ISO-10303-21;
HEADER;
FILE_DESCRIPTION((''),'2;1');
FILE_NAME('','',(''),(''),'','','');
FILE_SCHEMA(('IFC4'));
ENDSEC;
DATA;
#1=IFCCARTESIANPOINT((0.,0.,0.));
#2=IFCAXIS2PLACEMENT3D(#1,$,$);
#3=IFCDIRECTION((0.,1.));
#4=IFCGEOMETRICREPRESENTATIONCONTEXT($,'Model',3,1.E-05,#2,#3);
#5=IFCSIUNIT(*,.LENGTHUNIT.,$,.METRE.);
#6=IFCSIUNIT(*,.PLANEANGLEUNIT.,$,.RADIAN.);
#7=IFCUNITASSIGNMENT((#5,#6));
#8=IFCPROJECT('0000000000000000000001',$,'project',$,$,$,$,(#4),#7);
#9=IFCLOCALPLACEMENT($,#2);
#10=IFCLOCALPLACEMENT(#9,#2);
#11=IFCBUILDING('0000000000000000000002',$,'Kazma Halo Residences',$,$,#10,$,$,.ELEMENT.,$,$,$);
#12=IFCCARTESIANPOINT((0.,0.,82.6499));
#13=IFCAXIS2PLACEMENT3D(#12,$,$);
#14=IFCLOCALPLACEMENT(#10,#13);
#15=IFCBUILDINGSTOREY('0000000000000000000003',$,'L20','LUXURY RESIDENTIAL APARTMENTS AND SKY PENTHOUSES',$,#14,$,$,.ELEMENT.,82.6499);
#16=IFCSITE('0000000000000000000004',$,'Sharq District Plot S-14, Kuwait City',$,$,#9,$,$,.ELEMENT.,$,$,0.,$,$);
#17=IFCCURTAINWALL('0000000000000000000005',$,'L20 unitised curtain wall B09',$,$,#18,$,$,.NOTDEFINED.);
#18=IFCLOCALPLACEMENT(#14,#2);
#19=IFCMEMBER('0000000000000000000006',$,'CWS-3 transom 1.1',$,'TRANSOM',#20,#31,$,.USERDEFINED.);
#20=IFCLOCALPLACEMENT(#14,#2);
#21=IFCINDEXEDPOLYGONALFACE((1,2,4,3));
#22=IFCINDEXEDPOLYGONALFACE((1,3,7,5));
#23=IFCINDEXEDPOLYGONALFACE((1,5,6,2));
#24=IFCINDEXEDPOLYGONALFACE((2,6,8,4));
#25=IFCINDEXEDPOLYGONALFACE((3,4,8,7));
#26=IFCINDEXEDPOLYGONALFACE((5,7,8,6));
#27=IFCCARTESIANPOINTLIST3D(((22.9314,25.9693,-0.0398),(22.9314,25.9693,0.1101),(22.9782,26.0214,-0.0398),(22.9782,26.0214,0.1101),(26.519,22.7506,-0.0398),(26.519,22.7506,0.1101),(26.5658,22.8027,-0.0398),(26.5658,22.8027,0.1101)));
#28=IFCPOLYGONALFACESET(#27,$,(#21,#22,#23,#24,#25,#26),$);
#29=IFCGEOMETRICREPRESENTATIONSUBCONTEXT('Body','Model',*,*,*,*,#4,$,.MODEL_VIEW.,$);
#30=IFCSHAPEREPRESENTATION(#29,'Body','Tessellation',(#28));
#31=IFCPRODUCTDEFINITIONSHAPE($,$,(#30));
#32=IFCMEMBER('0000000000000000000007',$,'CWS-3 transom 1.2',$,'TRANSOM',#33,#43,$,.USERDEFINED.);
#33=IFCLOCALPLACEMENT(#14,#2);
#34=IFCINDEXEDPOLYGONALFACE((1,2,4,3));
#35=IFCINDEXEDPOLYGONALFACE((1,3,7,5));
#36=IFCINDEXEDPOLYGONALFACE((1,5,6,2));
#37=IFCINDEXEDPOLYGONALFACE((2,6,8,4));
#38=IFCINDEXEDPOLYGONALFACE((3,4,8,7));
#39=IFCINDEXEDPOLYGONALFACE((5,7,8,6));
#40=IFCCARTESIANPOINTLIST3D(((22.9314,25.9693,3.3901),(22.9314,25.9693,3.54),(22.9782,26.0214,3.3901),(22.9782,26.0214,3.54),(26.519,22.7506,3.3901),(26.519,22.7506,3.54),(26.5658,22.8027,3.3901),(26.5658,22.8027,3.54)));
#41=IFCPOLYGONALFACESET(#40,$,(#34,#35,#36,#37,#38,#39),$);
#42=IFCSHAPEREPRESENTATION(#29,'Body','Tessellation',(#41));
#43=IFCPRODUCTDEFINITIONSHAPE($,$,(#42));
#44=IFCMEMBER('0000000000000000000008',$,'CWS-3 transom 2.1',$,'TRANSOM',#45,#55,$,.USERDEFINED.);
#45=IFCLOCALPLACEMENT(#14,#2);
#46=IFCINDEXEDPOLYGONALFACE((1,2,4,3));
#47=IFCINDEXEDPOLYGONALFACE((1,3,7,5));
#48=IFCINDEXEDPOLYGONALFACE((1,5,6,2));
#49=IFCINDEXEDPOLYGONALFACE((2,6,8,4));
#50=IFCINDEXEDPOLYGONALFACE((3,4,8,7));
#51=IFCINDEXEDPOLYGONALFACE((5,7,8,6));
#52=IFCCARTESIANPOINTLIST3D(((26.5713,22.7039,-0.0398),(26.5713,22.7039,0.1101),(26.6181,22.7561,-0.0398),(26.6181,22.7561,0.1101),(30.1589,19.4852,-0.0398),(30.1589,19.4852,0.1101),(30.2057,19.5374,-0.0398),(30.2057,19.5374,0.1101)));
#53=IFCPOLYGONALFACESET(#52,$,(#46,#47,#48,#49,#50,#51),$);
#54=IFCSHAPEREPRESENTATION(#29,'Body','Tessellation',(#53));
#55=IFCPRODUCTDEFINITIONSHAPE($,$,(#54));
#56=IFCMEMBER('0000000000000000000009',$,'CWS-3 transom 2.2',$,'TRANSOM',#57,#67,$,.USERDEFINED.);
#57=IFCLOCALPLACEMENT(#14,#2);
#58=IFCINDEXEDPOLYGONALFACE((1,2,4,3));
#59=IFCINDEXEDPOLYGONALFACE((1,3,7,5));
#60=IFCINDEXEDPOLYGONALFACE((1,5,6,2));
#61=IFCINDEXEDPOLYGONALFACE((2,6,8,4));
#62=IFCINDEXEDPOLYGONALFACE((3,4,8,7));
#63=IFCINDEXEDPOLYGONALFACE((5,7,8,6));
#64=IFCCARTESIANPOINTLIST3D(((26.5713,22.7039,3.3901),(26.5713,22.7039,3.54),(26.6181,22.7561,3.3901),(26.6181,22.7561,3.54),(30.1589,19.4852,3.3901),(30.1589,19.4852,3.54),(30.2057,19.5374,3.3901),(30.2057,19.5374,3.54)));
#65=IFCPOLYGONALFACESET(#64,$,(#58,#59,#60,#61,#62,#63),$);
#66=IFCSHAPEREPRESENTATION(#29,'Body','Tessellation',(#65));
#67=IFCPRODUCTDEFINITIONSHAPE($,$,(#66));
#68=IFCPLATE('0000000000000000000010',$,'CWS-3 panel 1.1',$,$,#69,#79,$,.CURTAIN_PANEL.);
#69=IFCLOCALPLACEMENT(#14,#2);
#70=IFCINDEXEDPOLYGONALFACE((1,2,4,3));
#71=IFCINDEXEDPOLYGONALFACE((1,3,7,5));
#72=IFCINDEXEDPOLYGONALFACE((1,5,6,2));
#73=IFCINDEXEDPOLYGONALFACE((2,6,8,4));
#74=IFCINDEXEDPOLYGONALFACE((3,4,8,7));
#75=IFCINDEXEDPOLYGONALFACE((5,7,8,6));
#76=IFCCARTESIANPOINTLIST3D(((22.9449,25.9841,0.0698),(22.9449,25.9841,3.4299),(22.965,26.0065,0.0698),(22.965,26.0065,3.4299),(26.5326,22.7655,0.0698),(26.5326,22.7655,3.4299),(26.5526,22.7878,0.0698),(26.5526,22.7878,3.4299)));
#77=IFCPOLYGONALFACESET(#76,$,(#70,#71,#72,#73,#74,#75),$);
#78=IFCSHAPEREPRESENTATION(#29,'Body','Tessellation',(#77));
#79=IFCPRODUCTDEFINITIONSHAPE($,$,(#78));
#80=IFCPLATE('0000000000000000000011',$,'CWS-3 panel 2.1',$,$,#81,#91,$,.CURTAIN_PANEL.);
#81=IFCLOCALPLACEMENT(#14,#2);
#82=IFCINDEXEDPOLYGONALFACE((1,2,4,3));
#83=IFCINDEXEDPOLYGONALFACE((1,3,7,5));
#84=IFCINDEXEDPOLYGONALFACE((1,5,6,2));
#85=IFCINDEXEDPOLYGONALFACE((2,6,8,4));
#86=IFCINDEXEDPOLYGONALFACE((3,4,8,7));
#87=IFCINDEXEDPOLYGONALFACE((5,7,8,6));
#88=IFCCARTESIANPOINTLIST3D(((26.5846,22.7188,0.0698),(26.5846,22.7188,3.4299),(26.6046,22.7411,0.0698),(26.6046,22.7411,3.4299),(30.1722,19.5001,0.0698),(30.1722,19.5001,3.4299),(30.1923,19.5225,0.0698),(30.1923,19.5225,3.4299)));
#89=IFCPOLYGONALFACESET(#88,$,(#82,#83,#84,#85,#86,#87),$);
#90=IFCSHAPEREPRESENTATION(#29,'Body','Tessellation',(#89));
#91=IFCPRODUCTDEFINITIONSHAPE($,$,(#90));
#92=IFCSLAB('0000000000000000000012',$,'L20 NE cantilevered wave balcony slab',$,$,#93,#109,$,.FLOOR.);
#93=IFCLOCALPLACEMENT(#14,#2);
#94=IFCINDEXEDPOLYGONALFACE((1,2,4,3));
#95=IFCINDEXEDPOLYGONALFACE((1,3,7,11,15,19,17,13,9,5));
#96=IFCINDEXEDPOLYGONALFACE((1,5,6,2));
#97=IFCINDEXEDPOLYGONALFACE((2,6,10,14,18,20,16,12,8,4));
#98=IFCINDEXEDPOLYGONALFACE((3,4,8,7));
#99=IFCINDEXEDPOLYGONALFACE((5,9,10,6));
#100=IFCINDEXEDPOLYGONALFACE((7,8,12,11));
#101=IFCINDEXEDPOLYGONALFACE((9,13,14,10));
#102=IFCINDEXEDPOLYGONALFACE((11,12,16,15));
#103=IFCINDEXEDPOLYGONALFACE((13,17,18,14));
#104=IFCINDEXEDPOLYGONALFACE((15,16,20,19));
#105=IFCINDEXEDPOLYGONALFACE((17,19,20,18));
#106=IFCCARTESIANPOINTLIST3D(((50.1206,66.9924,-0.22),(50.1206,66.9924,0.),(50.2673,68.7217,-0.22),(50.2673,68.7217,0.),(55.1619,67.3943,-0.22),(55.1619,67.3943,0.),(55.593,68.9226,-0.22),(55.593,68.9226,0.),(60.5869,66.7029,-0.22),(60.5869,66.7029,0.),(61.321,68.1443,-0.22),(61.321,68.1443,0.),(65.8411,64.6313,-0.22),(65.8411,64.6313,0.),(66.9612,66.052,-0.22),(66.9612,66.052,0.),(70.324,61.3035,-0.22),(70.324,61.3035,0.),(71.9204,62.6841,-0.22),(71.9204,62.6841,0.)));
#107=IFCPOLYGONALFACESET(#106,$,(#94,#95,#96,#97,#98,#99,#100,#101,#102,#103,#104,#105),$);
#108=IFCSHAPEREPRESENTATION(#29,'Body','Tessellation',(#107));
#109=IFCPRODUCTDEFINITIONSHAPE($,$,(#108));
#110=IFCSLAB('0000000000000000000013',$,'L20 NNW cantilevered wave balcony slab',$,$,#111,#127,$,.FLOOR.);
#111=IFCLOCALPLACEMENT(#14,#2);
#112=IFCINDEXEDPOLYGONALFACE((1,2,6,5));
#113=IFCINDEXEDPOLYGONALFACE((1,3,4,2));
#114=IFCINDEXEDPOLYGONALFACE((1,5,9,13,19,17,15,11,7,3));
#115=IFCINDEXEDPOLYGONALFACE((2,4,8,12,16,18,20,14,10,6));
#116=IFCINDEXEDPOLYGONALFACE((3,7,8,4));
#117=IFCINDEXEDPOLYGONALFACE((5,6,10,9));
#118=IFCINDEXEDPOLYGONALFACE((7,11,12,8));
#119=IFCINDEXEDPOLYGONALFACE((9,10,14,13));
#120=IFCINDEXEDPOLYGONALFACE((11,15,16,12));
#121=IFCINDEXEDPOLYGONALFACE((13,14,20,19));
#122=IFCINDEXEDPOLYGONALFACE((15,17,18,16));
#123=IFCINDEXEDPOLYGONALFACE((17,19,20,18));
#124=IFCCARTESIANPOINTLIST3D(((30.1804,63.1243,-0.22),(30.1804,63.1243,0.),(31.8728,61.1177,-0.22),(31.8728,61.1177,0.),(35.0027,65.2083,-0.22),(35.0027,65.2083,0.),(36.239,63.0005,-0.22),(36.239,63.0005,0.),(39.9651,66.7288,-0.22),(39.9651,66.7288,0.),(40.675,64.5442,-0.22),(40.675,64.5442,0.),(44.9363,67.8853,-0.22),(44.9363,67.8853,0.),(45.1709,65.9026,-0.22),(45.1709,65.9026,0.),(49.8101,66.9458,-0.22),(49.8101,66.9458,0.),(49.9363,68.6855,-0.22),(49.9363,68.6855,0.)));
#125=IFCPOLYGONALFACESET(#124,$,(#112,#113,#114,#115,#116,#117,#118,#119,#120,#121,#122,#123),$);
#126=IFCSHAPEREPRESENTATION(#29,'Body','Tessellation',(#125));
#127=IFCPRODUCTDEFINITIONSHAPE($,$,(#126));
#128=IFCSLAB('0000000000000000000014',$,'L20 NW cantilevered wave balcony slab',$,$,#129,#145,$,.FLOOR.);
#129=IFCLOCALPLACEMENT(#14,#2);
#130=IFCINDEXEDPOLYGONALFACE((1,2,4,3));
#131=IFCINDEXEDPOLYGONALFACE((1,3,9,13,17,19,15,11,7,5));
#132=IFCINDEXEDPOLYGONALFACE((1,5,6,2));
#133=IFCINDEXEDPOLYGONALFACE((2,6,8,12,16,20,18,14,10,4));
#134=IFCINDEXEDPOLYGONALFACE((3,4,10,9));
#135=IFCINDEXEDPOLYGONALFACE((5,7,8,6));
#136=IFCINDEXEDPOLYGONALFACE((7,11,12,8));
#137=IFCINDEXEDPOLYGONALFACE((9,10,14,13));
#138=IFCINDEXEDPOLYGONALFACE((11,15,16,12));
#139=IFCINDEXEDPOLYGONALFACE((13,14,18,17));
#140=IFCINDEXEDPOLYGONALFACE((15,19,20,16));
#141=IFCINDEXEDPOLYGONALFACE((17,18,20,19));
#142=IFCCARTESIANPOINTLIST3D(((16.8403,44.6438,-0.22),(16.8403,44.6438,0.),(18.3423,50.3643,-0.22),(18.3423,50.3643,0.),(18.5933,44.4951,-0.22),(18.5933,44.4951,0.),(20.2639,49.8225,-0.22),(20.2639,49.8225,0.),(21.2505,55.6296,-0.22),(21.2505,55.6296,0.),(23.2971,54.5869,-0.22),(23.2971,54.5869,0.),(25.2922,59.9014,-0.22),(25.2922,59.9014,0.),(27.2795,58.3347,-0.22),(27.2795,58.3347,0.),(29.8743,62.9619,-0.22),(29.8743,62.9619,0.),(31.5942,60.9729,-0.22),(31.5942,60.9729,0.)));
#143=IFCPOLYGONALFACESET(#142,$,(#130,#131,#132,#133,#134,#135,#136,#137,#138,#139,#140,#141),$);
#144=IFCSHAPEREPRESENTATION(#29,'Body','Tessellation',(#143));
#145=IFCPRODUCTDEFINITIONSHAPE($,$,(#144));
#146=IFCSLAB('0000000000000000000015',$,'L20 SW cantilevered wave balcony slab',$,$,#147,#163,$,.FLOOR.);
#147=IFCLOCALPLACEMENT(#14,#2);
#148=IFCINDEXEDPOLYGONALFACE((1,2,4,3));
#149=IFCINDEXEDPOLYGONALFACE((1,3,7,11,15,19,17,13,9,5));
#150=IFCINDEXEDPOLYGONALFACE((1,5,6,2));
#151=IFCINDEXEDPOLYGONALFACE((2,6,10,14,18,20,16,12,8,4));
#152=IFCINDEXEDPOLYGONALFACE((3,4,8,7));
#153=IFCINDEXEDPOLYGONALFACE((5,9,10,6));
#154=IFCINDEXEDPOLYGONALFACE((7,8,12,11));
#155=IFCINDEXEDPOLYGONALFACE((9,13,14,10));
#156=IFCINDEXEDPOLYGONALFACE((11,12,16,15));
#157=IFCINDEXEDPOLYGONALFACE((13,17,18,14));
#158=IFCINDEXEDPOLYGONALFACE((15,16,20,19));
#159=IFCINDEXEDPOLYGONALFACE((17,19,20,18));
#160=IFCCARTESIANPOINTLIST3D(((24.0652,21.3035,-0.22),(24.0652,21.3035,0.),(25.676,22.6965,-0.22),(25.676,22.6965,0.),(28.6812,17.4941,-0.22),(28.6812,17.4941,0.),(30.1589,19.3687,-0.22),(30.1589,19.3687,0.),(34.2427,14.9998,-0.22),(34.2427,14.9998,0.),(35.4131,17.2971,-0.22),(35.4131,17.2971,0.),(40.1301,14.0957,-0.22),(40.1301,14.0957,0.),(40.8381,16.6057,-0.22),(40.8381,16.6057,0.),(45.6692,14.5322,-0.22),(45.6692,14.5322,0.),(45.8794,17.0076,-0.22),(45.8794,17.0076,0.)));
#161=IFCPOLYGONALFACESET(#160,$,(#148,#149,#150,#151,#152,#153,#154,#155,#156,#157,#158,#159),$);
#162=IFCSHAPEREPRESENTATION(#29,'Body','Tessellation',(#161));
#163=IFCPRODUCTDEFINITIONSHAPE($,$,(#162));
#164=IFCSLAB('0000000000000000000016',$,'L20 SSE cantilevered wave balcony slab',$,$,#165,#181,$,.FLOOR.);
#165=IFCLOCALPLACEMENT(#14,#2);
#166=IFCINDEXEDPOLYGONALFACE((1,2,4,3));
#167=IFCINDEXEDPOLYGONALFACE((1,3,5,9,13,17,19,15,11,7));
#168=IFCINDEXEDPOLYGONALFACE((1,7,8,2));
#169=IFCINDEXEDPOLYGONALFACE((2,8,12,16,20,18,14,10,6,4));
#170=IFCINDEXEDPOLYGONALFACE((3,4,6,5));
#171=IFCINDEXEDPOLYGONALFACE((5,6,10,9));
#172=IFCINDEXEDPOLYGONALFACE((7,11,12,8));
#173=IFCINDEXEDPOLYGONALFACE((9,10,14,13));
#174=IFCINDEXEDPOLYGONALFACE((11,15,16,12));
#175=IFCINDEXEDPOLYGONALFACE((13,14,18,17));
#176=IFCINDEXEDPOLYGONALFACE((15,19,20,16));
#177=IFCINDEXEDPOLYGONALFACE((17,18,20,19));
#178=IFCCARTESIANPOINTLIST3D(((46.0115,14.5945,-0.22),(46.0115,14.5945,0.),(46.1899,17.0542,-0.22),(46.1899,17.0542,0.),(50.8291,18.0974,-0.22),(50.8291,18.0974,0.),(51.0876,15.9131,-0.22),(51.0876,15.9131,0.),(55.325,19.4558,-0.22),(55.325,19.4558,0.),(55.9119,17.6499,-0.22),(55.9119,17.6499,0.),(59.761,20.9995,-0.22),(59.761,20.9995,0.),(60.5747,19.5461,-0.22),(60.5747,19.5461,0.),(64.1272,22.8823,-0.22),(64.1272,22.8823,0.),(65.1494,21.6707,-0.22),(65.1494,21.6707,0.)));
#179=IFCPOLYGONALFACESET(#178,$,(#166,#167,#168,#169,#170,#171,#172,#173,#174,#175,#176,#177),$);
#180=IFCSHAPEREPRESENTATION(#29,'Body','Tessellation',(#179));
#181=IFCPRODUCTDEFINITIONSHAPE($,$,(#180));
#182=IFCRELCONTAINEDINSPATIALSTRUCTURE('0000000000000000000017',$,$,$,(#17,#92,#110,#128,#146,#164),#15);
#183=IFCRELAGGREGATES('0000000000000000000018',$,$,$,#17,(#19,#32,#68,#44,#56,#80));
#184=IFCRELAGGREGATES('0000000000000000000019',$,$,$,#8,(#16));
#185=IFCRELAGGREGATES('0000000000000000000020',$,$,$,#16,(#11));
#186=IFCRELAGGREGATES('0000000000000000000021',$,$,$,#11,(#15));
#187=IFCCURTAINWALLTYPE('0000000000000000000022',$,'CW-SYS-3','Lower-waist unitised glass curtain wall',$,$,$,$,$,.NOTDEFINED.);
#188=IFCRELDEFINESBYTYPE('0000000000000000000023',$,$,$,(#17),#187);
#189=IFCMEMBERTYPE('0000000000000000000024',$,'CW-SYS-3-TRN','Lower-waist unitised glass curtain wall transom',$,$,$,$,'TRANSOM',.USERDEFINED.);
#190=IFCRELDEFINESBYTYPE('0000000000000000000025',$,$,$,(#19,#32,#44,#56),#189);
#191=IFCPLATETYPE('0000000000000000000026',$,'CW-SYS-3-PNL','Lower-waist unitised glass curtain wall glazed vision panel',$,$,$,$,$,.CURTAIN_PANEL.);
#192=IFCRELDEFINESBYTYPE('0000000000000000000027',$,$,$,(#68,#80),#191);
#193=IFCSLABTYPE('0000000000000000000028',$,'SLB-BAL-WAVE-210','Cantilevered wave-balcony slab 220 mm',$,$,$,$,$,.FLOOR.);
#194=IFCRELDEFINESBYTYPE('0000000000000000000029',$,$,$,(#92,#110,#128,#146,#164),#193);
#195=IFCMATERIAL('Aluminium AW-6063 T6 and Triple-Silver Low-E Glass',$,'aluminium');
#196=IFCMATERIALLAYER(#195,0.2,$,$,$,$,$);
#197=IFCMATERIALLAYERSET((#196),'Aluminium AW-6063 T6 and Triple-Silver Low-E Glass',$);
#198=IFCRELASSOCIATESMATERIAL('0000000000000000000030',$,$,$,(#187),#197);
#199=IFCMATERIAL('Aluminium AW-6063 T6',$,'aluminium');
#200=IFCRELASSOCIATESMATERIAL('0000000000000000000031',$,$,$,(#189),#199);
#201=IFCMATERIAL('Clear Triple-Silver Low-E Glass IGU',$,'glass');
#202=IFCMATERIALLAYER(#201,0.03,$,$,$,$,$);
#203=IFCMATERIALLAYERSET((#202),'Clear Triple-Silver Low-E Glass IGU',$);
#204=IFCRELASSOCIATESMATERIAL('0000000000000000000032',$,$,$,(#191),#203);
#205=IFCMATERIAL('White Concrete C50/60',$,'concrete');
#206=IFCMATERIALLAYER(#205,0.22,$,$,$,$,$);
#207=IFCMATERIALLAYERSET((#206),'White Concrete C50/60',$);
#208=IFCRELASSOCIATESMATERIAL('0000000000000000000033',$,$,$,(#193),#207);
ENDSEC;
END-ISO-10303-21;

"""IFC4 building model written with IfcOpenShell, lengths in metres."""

from ifc_helpers import new_model, si_unit, direction, frame, origin, origin_2d, place, context, subcontext, project, spatial, polyline, rectangle, outline, extrude, material, layer, layer_set, material_profile, profile_set, type_object, element, aggregate, save


model = new_model("IFC4")

# Units and contexts
model_context = context("Model", 3, precision=1e-05, world=origin(), true_north=direction((0.0, 1.0)))
body_context = subcontext(model_context, "Body", "Model", "MODEL_VIEW")
ifc_project = project(units=[si_unit("LENGTHUNIT", "METRE"), si_unit("PLANEANGLEUNIT", "RADIAN")], contexts=[model_context])

# Site, building, storey
site_placement = place(None, origin())
site = spatial("IfcSite", under=ifc_project, at=site_placement, Name="Sharq District Plot S-14, Kuwait City", CompositionType="ELEMENT", RefElevation=0.0)
building_placement = place(site_placement, origin())
building = spatial("IfcBuilding", under=site, at=building_placement, Name="Kazma Halo Residences", CompositionType="ELEMENT")
storey_placement = place(building_placement, frame((0.0, 0.0, 82.6499)))
storey = spatial("IfcBuildingStorey", under=building, at=storey_placement, Name="L20", Description="LUXURY RESIDENTIAL APARTMENTS AND SKY PENTHOUSES", CompositionType="ELEMENT", Elevation=82.6499)

# Curtain wall, members, plates
ifc_material_1 = material(Name="Aluminium AW-6063 T6 and Triple-Silver Low-E Glass", Category="aluminium")
ifc_layer_1 = layer(ifc_material_1, 0.2)
ifc_layer_set_1 = layer_set([ifc_layer_1], Name="Aluminium AW-6063 T6 and Triple-Silver Low-E Glass")
curtain_wall_type = type_object("IfcCurtainWallType", Name="CW-SYS-3", Description="Lower-waist unitised glass curtain wall", PredefinedType="NOTDEFINED", material=ifc_layer_set_1)
curtain_wall_placement = place(storey_placement, origin())
curtain_wall = element("IfcCurtainWall", 1, at=curtain_wall_placement, inside=storey, type_object=curtain_wall_type, Name="L20 unitised curtain wall B09", PredefinedType="NOTDEFINED")
ifc_material_2 = material(Name="Aluminium AW-6063 T6", Category="aluminium")
ifc_material_profile_1 = material_profile(ifc_material_2, rectangle(XDim=0.0701, YDim=0.1499, at=origin_2d()), Name="CWT-70x150")
ifc_profile_set_1 = profile_set([ifc_material_profile_1], Name="Aluminium AW-6063 T6")
member_type_1 = type_object("IfcMemberType", Name="CW-SYS-3-TRN", Description="Lower-waist unitised glass curtain wall transom", ElementType="TRANSOM", PredefinedType="USERDEFINED", material=ifc_profile_set_1)
member_1_placement = place(storey_placement, frame((22.9548, 25.9954, 0.0352), z_axis=(0.744338, -0.667803, 0.0), x_axis=(0.667803, 0.744338, 0.0)))
member_1 = element("IfcMember", 2, at=member_1_placement, type_object=member_type_1, Name="CWS-3 transom 1.1", ObjectType="TRANSOM", PredefinedType="USERDEFINED", context=body_context, shape_type="SweptSolid", body=[
    extrude(rectangle(XDim=0.0701, YDim=0.1499, at=origin_2d()), origin(), (0.0, 0.0, 1.0), 4.8198),
])
member_2_placement = place(storey_placement, frame((22.9548, 25.9954, 3.4651), z_axis=(0.744338, -0.667803, 0.0), x_axis=(0.667803, 0.744338, 0.0)))
member_2 = element("IfcMember", 3, at=member_2_placement, type_object=member_type_1, Name="CWS-3 transom 1.2", ObjectType="TRANSOM", PredefinedType="USERDEFINED", context=body_context, shape_type="SweptSolid", body=[
    extrude(rectangle(XDim=0.0701, YDim=0.1499, at=origin_2d()), origin(), (0.0, 0.0, 1.0), 4.8198),
])
member_3_placement = place(storey_placement, frame((26.5947, 22.73, 0.0352), z_axis=(0.744338, -0.667803, 0.0), x_axis=(0.667803, 0.744338, 0.0)))
member_3 = element("IfcMember", 4, at=member_3_placement, type_object=member_type_1, Name="CWS-3 transom 2.1", ObjectType="TRANSOM", PredefinedType="USERDEFINED", context=body_context, shape_type="SweptSolid", body=[
    extrude(rectangle(XDim=0.0701, YDim=0.1499, at=origin_2d()), origin(), (0.0, 0.0, 1.0), 4.8198),
])
member_4_placement = place(storey_placement, frame((26.5947, 22.73, 3.4651), z_axis=(0.744338, -0.667803, 0.0), x_axis=(0.667803, 0.744338, 0.0)))
member_4 = element("IfcMember", 5, at=member_4_placement, type_object=member_type_1, Name="CWS-3 transom 2.2", ObjectType="TRANSOM", PredefinedType="USERDEFINED", context=body_context, shape_type="SweptSolid", body=[
    extrude(rectangle(XDim=0.0701, YDim=0.1499, at=origin_2d()), origin(), (0.0, 0.0, 1.0), 4.8198),
])
ifc_material_3 = material(Name="Clear Triple-Silver Low-E Glass IGU", Category="glass")
ifc_layer_2 = layer(ifc_material_3, 0.03)
ifc_layer_set_2 = layer_set([ifc_layer_2], Name="Clear Triple-Silver Low-E Glass IGU")
plate_type = type_object("IfcPlateType", Name="CW-SYS-3-PNL", Description="Lower-waist unitised glass curtain wall glazed vision panel", PredefinedType="CURTAIN_PANEL", material=ifc_layer_set_2)
plate_1_placement = place(storey_placement, frame((24.7488, 24.386, 0.0698), z_axis=(0.0, 0.0, 1.0), x_axis=(0.744345, -0.667795, 0.0)))
plate_1 = element("IfcPlate", 6, at=plate_1_placement, type_object=plate_type, Name="CWS-3 panel 1.1", PredefinedType="CURTAIN_PANEL", context=body_context, shape_type="SweptSolid", body=[
    extrude(rectangle(XDim=4.8198, YDim=0.03, at=origin_2d()), origin(), (0.0, 0.0, 1.0), 3.3601),
])
plate_2_placement = place(storey_placement, frame((28.3884, 21.1206, 0.0698), z_axis=(0.0, 0.0, 1.0), x_axis=(0.744345, -0.667795, 0.0)))
plate_2 = element("IfcPlate", 7, at=plate_2_placement, type_object=plate_type, Name="CWS-3 panel 2.1", PredefinedType="CURTAIN_PANEL", context=body_context, shape_type="SweptSolid", body=[
    extrude(rectangle(XDim=4.8198, YDim=0.03, at=origin_2d()), origin(), (0.0, 0.0, 1.0), 3.3601),
])
aggregate(curtain_wall, [member_1, member_2, plate_1, member_3, member_4, plate_2])

# Slabs
ifc_material_4 = material(Name="White Concrete C50/60", Category="concrete")
ifc_layer_3 = layer(ifc_material_4, 0.22)
ifc_layer_set_3 = layer_set([ifc_layer_3], Name="White Concrete C50/60")
slab_type_1 = type_object("IfcSlabType", Name="SLB-BAL-WAVE-210", Description="Cantilevered wave-balcony slab 220 mm", PredefinedType="FLOOR", material=ifc_layer_set_3)
slab_1_placement = place(storey_placement, frame((0.0, 0.0, -0.22)))
element("IfcSlab", 8, at=slab_1_placement, inside=storey, type_object=slab_type_1, Name="L20 NE cantilevered wave balcony slab", PredefinedType="FLOOR", context=body_context, shape_type="SweptSolid", body=[
    extrude(outline(polyline([(70.324, 61.3035), (65.8411, 64.6313), (60.5869, 66.7029), (55.1619, 67.3943), (50.1206, 66.9924), (50.2673, 68.7217), (55.593, 68.9226), (61.321, 68.1443), (66.9612, 66.052), (71.9204, 62.6841), (70.324, 61.3035)])), origin(), (0.0, 0.0, 1.0), 0.22),
])
slab_2_placement = place(storey_placement, frame((0.0, 0.0, -0.22)))
element("IfcSlab", 9, at=slab_2_placement, inside=storey, type_object=slab_type_1, Name="L20 NNW cantilevered wave balcony slab", PredefinedType="FLOOR", context=body_context, shape_type="SweptSolid", body=[
    extrude(outline(polyline([(49.8101, 66.9458), (45.1709, 65.9026), (40.675, 64.5442), (36.239, 63.0005), (31.8728, 61.1177), (30.1804, 63.1243), (35.0027, 65.2083), (39.9651, 66.7288), (44.9363, 67.8853), (49.9363, 68.6855), (49.8101, 66.9458)])), origin(), (0.0, 0.0, 1.0), 0.22),
])
slab_3_placement = place(storey_placement, frame((0.0, 0.0, -0.22)))
element("IfcSlab", 10, at=slab_3_placement, inside=storey, type_object=slab_type_1, Name="L20 NW cantilevered wave balcony slab", PredefinedType="FLOOR", context=body_context, shape_type="SweptSolid", body=[
    extrude(outline(polyline([(31.5942, 60.9729), (27.2795, 58.3347), (23.2971, 54.5869), (20.2639, 49.8225), (18.5933, 44.4951), (16.8403, 44.6438), (18.3423, 50.3643), (21.2505, 55.6296), (25.2922, 59.9014), (29.8743, 62.9619), (31.5942, 60.9729)])), origin(), (0.0, 0.0, 1.0), 0.22),
])
slab_4_placement = place(storey_placement, frame((0.0, 0.0, -0.22)))
element("IfcSlab", 11, at=slab_4_placement, inside=storey, type_object=slab_type_1, Name="L20 SW cantilevered wave balcony slab", PredefinedType="FLOOR", context=body_context, shape_type="SweptSolid", body=[
    extrude(outline(polyline([(25.676, 22.6965), (30.1589, 19.3687), (35.4131, 17.2971), (40.8381, 16.6057), (45.8794, 17.0076), (45.6692, 14.5322), (40.1301, 14.0957), (34.2427, 14.9998), (28.6812, 17.4941), (24.0652, 21.3035), (25.676, 22.6965)])), origin(), (0.0, 0.0, 1.0), 0.22),
])
slab_5_placement = place(storey_placement, frame((0.0, 0.0, -0.22)))
element("IfcSlab", 12, at=slab_5_placement, inside=storey, type_object=slab_type_1, Name="L20 SSE cantilevered wave balcony slab", PredefinedType="FLOOR", context=body_context, shape_type="SweptSolid", body=[
    extrude(outline(polyline([(46.1899, 17.0542), (50.8291, 18.0974), (55.325, 19.4558), (59.761, 20.9995), (64.1272, 22.8823), (65.1494, 21.6707), (60.5747, 19.5461), (55.9119, 17.6499), (51.0876, 15.9131), (46.0115, 14.5945), (46.1899, 17.0542)])), origin(), (0.0, 0.0, 1.0), 0.22),
])

save(model, "model.ifc")
